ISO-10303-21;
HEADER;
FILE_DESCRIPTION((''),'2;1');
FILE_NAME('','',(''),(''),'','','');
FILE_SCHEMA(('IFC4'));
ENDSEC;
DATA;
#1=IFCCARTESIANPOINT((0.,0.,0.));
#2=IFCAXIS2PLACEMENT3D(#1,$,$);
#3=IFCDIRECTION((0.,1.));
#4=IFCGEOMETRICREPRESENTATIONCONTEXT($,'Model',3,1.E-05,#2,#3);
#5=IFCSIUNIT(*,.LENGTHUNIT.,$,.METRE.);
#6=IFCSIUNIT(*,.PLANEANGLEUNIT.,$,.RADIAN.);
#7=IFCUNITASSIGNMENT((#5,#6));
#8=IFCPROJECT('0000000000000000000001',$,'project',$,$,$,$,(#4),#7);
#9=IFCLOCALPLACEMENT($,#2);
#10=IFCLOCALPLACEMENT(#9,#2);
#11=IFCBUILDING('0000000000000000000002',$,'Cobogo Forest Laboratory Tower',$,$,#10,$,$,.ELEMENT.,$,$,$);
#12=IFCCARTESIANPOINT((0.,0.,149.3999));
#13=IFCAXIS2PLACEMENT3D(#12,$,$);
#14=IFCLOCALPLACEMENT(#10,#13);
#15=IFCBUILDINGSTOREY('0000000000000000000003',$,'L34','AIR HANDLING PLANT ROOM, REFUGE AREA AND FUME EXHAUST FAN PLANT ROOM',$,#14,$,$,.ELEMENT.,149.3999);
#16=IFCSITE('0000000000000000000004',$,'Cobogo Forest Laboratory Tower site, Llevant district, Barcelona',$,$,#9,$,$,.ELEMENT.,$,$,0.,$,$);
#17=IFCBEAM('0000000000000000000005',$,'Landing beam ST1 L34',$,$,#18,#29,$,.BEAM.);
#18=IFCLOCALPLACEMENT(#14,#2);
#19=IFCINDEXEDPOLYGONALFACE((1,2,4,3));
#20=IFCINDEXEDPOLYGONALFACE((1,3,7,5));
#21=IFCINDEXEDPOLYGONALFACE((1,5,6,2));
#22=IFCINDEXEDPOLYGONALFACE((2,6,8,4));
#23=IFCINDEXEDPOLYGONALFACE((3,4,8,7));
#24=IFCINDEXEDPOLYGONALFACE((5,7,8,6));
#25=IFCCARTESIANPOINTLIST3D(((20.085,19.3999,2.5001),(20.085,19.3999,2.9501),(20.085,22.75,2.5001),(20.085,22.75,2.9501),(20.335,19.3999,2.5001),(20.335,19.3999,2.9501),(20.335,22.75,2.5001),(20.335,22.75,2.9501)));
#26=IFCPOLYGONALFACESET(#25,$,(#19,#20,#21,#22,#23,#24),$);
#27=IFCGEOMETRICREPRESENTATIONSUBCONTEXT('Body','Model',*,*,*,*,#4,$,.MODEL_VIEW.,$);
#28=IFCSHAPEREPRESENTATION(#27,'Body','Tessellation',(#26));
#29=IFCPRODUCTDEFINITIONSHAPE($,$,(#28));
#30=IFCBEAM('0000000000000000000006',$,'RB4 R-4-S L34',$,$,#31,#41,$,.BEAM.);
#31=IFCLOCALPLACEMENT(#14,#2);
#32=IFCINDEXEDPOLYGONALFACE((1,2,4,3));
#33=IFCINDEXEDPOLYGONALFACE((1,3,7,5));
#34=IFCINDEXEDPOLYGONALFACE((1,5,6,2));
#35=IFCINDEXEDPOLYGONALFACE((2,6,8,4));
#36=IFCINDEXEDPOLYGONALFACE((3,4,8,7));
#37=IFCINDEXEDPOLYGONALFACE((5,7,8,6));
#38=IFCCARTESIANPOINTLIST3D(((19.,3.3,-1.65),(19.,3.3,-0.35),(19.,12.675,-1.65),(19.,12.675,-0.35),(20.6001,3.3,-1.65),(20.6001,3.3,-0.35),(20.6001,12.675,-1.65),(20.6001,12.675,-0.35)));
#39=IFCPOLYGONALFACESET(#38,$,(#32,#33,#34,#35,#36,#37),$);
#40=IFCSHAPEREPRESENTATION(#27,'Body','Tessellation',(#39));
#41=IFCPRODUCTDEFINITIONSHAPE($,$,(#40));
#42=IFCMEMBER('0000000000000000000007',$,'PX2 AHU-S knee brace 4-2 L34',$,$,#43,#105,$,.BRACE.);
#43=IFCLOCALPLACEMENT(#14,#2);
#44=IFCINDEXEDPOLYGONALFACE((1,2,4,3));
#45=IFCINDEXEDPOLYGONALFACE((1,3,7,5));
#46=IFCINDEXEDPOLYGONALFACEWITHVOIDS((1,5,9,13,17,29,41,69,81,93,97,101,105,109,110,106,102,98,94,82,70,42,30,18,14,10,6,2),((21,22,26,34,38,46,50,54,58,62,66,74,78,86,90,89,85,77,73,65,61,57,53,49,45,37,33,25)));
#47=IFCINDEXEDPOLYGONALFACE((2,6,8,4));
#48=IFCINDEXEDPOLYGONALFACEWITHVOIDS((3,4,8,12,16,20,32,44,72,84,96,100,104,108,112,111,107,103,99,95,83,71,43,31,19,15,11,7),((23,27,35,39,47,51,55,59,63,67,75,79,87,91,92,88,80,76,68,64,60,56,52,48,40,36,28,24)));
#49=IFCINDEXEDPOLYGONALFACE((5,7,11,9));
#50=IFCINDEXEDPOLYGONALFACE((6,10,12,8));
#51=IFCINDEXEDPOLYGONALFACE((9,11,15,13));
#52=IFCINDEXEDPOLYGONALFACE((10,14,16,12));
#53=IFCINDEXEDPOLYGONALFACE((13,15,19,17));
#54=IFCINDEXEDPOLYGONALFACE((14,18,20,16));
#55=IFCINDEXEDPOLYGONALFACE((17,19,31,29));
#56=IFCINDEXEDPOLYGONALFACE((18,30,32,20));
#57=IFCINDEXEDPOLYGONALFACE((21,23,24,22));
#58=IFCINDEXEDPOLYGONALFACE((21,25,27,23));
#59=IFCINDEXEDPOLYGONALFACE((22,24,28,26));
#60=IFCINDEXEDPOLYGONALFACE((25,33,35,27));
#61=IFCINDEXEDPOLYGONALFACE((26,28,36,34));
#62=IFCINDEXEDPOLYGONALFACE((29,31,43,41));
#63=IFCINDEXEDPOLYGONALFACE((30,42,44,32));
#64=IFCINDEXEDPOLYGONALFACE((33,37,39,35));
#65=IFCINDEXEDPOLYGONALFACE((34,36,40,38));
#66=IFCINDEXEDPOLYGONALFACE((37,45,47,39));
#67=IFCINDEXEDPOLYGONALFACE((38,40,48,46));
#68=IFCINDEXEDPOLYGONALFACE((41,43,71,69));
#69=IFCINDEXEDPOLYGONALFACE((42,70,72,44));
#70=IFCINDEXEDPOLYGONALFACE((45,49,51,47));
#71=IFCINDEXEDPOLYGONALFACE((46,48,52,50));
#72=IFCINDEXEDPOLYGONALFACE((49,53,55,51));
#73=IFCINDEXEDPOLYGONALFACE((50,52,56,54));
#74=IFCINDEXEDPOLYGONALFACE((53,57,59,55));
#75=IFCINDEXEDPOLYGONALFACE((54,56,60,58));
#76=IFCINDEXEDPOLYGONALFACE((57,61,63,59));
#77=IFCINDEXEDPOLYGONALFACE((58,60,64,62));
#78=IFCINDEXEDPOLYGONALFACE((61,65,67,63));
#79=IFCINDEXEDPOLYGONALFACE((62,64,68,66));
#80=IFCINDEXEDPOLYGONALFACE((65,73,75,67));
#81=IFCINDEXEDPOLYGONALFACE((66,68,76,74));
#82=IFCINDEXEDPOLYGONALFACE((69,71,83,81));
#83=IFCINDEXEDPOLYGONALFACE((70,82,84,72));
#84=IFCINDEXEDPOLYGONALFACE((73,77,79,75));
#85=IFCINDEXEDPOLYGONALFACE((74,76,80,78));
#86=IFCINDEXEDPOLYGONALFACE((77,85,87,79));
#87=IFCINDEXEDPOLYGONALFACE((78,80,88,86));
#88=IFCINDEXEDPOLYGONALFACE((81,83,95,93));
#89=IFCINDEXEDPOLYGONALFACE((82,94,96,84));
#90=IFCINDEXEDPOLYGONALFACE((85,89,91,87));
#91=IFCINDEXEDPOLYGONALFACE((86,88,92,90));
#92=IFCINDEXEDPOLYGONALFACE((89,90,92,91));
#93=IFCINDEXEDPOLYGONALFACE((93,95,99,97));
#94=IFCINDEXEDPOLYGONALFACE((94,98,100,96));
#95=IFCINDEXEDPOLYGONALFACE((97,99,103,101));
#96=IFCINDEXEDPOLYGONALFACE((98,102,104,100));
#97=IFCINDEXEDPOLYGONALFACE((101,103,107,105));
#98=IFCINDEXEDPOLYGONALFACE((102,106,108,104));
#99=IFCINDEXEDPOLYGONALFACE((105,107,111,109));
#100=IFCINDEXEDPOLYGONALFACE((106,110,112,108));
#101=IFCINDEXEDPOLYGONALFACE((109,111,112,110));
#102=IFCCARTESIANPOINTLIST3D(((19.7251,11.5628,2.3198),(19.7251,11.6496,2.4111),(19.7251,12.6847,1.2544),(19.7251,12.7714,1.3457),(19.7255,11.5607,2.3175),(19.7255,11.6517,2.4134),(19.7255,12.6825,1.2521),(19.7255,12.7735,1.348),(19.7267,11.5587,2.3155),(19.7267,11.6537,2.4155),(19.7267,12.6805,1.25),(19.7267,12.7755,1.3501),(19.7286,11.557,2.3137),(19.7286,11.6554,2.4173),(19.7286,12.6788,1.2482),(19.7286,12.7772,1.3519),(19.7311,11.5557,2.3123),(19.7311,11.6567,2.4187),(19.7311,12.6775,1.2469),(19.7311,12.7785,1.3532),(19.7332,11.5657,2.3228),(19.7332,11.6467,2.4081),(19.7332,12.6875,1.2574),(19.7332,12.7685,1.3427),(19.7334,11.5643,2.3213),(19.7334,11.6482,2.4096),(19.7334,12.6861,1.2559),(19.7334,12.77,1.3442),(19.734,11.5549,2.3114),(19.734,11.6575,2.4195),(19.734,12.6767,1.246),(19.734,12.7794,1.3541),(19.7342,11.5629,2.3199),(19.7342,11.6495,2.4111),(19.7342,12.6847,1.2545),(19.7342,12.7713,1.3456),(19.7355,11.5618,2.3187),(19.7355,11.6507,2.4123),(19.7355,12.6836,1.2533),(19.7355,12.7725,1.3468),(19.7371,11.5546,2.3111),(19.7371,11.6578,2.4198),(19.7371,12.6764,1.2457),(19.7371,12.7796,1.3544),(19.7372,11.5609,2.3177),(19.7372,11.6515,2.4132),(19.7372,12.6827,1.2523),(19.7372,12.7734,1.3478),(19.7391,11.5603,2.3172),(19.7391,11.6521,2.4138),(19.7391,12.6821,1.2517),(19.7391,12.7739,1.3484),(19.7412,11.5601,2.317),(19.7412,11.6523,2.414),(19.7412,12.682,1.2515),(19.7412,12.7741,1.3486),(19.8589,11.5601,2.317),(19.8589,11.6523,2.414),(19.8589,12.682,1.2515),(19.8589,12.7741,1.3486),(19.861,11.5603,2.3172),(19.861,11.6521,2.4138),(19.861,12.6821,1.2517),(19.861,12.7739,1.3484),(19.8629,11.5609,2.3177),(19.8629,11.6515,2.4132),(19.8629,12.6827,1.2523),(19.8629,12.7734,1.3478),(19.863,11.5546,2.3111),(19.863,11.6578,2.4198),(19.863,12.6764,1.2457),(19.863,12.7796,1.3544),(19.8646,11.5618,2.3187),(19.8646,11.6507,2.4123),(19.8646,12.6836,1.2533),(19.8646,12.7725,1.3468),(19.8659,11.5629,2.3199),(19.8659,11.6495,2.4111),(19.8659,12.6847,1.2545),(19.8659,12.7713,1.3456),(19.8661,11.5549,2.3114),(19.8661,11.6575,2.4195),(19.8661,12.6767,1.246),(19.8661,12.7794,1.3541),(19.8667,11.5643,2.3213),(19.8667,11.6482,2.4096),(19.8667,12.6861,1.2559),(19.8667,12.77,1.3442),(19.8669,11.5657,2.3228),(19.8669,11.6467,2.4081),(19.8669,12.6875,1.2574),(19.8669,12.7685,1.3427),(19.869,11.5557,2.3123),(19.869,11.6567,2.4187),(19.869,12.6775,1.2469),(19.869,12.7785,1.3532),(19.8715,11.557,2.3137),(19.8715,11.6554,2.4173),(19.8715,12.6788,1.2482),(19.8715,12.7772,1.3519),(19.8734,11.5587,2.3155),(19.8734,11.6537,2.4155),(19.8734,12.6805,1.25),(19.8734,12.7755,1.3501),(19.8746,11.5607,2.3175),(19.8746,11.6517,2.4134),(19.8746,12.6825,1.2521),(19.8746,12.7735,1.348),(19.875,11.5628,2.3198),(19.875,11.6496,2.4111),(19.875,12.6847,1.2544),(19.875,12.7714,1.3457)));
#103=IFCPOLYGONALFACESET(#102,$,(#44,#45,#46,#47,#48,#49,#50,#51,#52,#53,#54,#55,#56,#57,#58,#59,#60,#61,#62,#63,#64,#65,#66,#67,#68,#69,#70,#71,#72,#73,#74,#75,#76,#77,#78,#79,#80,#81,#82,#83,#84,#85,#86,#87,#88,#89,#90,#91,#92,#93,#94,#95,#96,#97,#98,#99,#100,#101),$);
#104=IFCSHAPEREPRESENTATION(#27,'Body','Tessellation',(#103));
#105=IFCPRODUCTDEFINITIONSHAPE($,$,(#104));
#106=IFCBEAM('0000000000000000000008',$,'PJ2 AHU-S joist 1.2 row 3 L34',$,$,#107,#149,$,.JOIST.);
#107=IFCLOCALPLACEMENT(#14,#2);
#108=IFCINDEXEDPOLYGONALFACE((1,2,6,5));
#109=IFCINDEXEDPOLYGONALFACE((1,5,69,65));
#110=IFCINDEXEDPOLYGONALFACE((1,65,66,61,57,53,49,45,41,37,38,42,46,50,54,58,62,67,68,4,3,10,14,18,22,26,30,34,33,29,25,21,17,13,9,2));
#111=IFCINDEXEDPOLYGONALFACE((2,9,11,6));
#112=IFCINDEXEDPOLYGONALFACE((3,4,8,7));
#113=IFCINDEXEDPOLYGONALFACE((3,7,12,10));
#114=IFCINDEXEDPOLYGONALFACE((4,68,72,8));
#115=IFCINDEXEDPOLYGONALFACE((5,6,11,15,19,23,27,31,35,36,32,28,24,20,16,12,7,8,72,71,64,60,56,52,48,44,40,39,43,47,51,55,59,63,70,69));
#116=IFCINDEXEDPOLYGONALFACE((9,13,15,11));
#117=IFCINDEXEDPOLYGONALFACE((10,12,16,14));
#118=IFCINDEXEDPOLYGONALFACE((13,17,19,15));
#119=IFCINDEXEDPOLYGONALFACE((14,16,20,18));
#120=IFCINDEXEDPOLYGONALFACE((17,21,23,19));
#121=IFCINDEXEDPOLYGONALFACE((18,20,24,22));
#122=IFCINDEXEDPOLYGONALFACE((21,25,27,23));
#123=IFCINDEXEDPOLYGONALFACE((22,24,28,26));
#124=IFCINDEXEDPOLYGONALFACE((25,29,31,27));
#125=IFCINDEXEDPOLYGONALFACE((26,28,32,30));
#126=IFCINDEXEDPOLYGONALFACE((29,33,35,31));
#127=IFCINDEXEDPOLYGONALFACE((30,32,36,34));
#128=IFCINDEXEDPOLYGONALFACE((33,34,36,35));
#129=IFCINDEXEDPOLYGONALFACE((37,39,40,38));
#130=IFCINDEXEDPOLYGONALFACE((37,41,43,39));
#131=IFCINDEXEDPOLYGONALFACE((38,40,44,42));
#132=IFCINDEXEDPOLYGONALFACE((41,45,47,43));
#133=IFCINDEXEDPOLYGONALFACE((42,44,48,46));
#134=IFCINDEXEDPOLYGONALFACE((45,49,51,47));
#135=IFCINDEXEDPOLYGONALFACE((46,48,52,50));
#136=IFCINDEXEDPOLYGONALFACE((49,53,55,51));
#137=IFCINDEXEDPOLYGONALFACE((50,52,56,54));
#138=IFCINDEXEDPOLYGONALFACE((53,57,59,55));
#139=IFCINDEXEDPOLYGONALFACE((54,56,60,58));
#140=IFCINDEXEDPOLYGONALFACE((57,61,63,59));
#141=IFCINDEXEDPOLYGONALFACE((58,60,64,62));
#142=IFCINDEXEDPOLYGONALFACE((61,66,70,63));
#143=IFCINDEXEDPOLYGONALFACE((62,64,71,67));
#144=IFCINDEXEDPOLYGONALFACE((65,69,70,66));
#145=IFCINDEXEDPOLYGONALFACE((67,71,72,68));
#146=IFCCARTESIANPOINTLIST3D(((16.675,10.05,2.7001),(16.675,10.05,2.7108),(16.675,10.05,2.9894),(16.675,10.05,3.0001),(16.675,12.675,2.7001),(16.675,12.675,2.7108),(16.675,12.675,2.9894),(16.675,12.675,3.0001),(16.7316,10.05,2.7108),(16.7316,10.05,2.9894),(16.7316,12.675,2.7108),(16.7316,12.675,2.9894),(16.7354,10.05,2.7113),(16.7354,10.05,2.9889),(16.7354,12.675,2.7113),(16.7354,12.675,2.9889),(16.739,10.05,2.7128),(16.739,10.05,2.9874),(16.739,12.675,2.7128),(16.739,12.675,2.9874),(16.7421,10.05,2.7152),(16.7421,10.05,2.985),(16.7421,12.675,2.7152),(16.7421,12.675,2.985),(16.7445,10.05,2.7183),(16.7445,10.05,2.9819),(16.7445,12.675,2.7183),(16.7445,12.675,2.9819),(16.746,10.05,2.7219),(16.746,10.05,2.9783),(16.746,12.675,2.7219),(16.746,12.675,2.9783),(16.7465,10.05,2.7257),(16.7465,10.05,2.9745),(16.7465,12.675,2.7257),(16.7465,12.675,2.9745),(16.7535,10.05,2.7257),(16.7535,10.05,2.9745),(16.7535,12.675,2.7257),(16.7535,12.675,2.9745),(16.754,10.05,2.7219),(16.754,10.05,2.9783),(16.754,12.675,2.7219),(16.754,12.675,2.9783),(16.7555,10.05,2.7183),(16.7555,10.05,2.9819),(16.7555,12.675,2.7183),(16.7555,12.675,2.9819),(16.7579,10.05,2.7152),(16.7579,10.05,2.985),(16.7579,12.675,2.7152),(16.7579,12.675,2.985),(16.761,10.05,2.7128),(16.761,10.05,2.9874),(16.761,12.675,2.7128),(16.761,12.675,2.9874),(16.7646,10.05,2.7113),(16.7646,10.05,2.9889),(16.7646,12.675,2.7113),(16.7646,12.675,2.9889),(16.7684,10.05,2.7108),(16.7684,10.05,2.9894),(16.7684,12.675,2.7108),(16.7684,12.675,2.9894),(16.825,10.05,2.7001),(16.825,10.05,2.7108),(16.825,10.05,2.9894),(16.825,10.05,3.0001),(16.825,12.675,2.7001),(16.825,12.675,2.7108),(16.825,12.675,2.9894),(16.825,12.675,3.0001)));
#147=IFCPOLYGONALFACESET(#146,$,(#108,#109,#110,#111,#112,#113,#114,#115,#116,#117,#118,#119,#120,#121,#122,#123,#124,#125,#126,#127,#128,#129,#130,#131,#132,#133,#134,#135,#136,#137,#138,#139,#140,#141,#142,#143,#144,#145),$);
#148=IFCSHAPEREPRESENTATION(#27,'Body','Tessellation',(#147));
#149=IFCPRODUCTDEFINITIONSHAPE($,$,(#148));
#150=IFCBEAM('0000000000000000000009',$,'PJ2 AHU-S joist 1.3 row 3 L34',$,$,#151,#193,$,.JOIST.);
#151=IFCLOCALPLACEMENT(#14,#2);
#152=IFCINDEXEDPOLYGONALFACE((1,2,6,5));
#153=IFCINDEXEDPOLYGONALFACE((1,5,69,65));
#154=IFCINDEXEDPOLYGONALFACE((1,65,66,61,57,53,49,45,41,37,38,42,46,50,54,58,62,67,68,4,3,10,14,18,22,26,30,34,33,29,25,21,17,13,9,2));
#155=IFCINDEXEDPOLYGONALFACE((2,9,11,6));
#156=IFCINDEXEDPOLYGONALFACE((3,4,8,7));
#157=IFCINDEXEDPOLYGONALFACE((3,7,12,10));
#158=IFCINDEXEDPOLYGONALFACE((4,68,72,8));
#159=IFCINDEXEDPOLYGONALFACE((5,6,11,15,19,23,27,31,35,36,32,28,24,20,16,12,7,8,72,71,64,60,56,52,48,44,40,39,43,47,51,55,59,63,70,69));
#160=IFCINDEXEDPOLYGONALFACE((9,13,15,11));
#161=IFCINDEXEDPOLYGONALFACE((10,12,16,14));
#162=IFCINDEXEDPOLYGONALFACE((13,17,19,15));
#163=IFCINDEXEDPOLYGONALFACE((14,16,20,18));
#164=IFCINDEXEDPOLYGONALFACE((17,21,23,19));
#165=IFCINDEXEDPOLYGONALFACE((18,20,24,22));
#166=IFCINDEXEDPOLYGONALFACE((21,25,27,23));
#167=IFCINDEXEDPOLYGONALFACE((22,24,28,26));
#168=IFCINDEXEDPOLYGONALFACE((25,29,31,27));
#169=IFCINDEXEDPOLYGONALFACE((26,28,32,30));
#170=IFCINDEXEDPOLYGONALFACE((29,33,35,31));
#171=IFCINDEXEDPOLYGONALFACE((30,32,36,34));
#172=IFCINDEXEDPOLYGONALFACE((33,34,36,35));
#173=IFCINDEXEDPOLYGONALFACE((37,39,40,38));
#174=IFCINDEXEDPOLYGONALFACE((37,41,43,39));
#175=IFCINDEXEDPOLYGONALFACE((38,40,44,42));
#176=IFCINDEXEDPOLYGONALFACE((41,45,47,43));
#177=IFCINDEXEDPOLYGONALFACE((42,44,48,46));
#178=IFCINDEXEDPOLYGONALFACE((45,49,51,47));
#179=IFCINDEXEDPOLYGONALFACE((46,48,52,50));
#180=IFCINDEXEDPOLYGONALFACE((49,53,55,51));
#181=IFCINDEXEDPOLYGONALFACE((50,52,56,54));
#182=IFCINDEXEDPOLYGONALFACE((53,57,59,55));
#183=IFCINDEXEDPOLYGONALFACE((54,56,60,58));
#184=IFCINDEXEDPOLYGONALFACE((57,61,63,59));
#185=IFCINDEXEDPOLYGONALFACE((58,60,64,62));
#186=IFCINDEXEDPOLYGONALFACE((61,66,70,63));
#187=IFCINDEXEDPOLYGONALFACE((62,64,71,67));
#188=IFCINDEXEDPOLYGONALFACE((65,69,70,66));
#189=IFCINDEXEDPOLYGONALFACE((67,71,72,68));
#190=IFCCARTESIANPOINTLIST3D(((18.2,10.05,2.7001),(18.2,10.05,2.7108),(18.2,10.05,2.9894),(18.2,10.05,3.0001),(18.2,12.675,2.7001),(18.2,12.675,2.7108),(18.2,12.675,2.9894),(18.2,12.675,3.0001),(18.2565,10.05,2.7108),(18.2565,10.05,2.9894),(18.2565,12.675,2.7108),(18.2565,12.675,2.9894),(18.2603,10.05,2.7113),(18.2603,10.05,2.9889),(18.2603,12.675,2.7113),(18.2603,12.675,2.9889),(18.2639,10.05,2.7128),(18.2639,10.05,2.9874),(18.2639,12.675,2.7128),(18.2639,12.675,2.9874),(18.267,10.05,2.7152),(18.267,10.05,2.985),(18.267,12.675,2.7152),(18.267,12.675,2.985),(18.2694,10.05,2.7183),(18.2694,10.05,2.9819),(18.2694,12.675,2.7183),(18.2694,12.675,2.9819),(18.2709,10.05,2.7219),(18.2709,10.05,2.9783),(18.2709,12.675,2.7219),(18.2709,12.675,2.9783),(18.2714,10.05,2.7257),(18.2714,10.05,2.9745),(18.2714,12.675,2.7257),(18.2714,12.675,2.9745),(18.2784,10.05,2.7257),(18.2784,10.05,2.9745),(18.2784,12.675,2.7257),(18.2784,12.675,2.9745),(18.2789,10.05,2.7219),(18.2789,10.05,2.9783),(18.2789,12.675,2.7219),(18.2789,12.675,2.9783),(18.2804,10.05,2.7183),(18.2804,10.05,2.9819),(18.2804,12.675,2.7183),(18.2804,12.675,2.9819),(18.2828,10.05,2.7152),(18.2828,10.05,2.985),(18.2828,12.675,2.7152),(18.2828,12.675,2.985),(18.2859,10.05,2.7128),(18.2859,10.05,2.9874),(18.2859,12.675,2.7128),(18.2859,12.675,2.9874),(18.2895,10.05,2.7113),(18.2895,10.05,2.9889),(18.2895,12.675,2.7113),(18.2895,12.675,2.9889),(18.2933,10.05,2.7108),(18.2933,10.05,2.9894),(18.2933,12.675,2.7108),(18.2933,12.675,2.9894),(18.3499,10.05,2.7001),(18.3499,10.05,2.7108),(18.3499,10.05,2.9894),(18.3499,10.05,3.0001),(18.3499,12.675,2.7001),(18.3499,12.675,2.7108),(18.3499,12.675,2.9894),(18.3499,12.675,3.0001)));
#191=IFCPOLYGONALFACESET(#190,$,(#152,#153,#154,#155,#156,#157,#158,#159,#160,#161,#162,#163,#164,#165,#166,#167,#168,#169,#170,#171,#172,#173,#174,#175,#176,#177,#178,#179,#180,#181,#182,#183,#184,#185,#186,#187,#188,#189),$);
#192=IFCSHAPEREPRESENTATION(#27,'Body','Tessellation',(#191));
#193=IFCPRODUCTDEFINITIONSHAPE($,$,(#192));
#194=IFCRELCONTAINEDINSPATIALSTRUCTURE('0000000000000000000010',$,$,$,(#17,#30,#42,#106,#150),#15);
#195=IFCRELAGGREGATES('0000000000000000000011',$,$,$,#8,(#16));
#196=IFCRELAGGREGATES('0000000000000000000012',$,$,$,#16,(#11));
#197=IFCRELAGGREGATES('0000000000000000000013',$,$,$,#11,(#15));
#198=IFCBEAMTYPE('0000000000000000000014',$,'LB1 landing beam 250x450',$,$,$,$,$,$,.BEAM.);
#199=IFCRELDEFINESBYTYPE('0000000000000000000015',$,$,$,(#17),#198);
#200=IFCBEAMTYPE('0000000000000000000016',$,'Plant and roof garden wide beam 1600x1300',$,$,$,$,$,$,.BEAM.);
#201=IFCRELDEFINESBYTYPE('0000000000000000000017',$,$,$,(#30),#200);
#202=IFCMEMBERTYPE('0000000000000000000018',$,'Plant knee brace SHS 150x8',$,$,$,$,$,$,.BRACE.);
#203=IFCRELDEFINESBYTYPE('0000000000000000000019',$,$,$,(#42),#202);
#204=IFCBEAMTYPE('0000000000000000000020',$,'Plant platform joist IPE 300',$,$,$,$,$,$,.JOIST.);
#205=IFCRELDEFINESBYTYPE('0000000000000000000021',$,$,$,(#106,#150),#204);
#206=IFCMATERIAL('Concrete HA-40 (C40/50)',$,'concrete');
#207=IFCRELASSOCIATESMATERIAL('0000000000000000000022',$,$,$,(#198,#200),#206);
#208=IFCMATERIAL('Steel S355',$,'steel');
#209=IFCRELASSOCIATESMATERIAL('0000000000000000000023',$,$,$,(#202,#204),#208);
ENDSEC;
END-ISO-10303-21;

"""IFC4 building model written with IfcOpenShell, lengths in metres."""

from ifc_helpers import new_model, si_unit, direction, frame, origin, origin_2d, place, context, subcontext, project, spatial, rectangle, hollow_rectangle, i_section, extrude, material, material_profile, profile_set, type_object, element, save


model = new_model("IFC4")

# Units and contexts
model_context = context("Model", 3, precision=1e-05, world=origin(), true_north=direction((0.0, 1.0)))
body_context = subcontext(model_context, "Body", "Model", "MODEL_VIEW")
ifc_project = project(units=[si_unit("LENGTHUNIT", "METRE"), si_unit("PLANEANGLEUNIT", "RADIAN")], contexts=[model_context])

# Site, building, storey
site_placement = place(None, origin())
site = spatial("IfcSite", under=ifc_project, at=site_placement, Name="Cobogo Forest Laboratory Tower site, Llevant district, Barcelona", CompositionType="ELEMENT", RefElevation=0.0)
building_placement = place(site_placement, origin())
building = spatial("IfcBuilding", under=site, at=building_placement, Name="Cobogo Forest Laboratory Tower", CompositionType="ELEMENT")
storey_placement = place(building_placement, frame((0.0, 0.0, 149.3999)))
storey = spatial("IfcBuildingStorey", under=building, at=storey_placement, Name="L34", Description="AIR HANDLING PLANT ROOM, REFUGE AREA AND FUME EXHAUST FAN PLANT ROOM", CompositionType="ELEMENT", Elevation=149.3999)

# Beams
ifc_material_1 = material(Name="Concrete HA-40 (C40/50)", Category="concrete")
ifc_material_profile_1 = material_profile(ifc_material_1, rectangle(XDim=0.25, YDim=0.45, at=origin_2d()), Name="RC 250x450")
ifc_profile_set_1 = profile_set([ifc_material_profile_1], Name="Concrete HA-40 (C40/50)")
beam_type_1 = type_object("IfcBeamType", Name="LB1 landing beam 250x450", PredefinedType="BEAM", material=ifc_profile_set_1)
beam_1_placement = place(storey_placement, frame((20.21, 19.3999, 2.7251), z_axis=(0.0, 1.0, 0.0), x_axis=(-1.0, 0.0, 0.0)))
element("IfcBeam", 1, at=beam_1_placement, inside=storey, type_object=beam_type_1, Name="Landing beam ST1 L34", PredefinedType="BEAM", context=body_context, shape_type="SweptSolid", body=[
    extrude(rectangle(XDim=0.25, YDim=0.45, at=origin_2d()), origin(), (0.0, 0.0, 1.0), 3.3501),
])
ifc_material_profile_2 = material_profile(ifc_material_1, rectangle(XDim=1.6001, YDim=1.3, at=origin_2d()), Name="RC 1600x1300")
ifc_profile_set_2 = profile_set([ifc_material_profile_2], Name="Concrete HA-40 (C40/50)")
beam_type_2 = type_object("IfcBeamType", Name="Plant and roof garden wide beam 1600x1300", PredefinedType="BEAM", material=ifc_profile_set_2)
beam_2_placement = place(storey_placement, frame((19.8, 12.675, -1.0), z_axis=(0.0, -1.0, 0.0), x_axis=(1.0, 0.0, 0.0)))
element("IfcBeam", 2, at=beam_2_placement, inside=storey, type_object=beam_type_2, Name="RB4 R-4-S L34", PredefinedType="BEAM", context=body_context, shape_type="SweptSolid", body=[
    extrude(rectangle(XDim=1.6001, YDim=1.3, at=origin_2d()), origin(), (0.0, 0.0, 1.0), 9.375),
])

# Member
ifc_material_2 = material(Name="Steel S355", Category="steel")
ifc_material_profile_3 = material_profile(ifc_material_2, hollow_rectangle(XDim=0.1499, YDim=0.1499, WallThickness=0.0081, InnerFilletRadius=0.0081, OuterFilletRadius=0.012, at=origin_2d()), Name="SHS 150x8")
ifc_profile_set_3 = profile_set([ifc_material_profile_3], Name="Steel S355")
member_type = type_object("IfcMemberType", Name="Plant knee brace SHS 150x8", PredefinedType="BRACE", material=ifc_profile_set_3)
member_placement = place(storey_placement, frame((19.8, 12.728, 1.3), z_axis=(0.0, -0.725098, 0.688646), x_axis=(1.0, 0.0, 0.0)))
element("IfcMember", 3, at=member_placement, inside=storey, type_object=member_type, Name="PX2 AHU-S knee brace 4-2 L34", PredefinedType="BRACE", context=body_context, shape_type="SweptSolid", body=[
    extrude(hollow_rectangle(XDim=0.1499, YDim=0.1499, WallThickness=0.0081, InnerFilletRadius=0.0081, OuterFilletRadius=0.012, at=origin_2d()), origin(), (0.0, 0.0, 1.0), 1.5471),
])

# Beams
ifc_material_profile_4 = material_profile(ifc_material_2, i_section(OverallWidth=0.1499, OverallDepth=0.3, WebThickness=0.0071, FlangeThickness=0.0107, FilletRadius=0.0149, at=origin_2d()), Name="IPE 300")
ifc_profile_set_4 = profile_set([ifc_material_profile_4], Name="Steel S355")
beam_type_3 = type_object("IfcBeamType", Name="Plant platform joist IPE 300", PredefinedType="JOIST", material=ifc_profile_set_4)
for number, where, z_axis, x_axis, name in (
    (4, (16.75, 10.05, 2.8501), (0.0, 1.0, 0.0), (-1.0, 0.0, 0.0), "PJ2 AHU-S joist 1.2 row 3 L34"),
    (5, (18.2749, 10.05, 2.8501), (0.0, 1.0, 0.0), (-1.0, 0.0, 0.0), "PJ2 AHU-S joist 1.3 row 3 L34"),
):
    element("IfcBeam", number, at=place(storey_placement, frame(where, z_axis=z_axis, x_axis=x_axis)), inside=storey, type_object=beam_type_3, Name=name, PredefinedType="JOIST", context=body_context, shape_type="SweptSolid", body=[
        extrude(i_section(OverallWidth=0.1499, OverallDepth=0.3, WebThickness=0.0071, FlangeThickness=0.0107, FilletRadius=0.0149, at=origin_2d()), origin(), (0.0, 0.0, 1.0), 2.625),
    ])

save(model, "model.ifc")
